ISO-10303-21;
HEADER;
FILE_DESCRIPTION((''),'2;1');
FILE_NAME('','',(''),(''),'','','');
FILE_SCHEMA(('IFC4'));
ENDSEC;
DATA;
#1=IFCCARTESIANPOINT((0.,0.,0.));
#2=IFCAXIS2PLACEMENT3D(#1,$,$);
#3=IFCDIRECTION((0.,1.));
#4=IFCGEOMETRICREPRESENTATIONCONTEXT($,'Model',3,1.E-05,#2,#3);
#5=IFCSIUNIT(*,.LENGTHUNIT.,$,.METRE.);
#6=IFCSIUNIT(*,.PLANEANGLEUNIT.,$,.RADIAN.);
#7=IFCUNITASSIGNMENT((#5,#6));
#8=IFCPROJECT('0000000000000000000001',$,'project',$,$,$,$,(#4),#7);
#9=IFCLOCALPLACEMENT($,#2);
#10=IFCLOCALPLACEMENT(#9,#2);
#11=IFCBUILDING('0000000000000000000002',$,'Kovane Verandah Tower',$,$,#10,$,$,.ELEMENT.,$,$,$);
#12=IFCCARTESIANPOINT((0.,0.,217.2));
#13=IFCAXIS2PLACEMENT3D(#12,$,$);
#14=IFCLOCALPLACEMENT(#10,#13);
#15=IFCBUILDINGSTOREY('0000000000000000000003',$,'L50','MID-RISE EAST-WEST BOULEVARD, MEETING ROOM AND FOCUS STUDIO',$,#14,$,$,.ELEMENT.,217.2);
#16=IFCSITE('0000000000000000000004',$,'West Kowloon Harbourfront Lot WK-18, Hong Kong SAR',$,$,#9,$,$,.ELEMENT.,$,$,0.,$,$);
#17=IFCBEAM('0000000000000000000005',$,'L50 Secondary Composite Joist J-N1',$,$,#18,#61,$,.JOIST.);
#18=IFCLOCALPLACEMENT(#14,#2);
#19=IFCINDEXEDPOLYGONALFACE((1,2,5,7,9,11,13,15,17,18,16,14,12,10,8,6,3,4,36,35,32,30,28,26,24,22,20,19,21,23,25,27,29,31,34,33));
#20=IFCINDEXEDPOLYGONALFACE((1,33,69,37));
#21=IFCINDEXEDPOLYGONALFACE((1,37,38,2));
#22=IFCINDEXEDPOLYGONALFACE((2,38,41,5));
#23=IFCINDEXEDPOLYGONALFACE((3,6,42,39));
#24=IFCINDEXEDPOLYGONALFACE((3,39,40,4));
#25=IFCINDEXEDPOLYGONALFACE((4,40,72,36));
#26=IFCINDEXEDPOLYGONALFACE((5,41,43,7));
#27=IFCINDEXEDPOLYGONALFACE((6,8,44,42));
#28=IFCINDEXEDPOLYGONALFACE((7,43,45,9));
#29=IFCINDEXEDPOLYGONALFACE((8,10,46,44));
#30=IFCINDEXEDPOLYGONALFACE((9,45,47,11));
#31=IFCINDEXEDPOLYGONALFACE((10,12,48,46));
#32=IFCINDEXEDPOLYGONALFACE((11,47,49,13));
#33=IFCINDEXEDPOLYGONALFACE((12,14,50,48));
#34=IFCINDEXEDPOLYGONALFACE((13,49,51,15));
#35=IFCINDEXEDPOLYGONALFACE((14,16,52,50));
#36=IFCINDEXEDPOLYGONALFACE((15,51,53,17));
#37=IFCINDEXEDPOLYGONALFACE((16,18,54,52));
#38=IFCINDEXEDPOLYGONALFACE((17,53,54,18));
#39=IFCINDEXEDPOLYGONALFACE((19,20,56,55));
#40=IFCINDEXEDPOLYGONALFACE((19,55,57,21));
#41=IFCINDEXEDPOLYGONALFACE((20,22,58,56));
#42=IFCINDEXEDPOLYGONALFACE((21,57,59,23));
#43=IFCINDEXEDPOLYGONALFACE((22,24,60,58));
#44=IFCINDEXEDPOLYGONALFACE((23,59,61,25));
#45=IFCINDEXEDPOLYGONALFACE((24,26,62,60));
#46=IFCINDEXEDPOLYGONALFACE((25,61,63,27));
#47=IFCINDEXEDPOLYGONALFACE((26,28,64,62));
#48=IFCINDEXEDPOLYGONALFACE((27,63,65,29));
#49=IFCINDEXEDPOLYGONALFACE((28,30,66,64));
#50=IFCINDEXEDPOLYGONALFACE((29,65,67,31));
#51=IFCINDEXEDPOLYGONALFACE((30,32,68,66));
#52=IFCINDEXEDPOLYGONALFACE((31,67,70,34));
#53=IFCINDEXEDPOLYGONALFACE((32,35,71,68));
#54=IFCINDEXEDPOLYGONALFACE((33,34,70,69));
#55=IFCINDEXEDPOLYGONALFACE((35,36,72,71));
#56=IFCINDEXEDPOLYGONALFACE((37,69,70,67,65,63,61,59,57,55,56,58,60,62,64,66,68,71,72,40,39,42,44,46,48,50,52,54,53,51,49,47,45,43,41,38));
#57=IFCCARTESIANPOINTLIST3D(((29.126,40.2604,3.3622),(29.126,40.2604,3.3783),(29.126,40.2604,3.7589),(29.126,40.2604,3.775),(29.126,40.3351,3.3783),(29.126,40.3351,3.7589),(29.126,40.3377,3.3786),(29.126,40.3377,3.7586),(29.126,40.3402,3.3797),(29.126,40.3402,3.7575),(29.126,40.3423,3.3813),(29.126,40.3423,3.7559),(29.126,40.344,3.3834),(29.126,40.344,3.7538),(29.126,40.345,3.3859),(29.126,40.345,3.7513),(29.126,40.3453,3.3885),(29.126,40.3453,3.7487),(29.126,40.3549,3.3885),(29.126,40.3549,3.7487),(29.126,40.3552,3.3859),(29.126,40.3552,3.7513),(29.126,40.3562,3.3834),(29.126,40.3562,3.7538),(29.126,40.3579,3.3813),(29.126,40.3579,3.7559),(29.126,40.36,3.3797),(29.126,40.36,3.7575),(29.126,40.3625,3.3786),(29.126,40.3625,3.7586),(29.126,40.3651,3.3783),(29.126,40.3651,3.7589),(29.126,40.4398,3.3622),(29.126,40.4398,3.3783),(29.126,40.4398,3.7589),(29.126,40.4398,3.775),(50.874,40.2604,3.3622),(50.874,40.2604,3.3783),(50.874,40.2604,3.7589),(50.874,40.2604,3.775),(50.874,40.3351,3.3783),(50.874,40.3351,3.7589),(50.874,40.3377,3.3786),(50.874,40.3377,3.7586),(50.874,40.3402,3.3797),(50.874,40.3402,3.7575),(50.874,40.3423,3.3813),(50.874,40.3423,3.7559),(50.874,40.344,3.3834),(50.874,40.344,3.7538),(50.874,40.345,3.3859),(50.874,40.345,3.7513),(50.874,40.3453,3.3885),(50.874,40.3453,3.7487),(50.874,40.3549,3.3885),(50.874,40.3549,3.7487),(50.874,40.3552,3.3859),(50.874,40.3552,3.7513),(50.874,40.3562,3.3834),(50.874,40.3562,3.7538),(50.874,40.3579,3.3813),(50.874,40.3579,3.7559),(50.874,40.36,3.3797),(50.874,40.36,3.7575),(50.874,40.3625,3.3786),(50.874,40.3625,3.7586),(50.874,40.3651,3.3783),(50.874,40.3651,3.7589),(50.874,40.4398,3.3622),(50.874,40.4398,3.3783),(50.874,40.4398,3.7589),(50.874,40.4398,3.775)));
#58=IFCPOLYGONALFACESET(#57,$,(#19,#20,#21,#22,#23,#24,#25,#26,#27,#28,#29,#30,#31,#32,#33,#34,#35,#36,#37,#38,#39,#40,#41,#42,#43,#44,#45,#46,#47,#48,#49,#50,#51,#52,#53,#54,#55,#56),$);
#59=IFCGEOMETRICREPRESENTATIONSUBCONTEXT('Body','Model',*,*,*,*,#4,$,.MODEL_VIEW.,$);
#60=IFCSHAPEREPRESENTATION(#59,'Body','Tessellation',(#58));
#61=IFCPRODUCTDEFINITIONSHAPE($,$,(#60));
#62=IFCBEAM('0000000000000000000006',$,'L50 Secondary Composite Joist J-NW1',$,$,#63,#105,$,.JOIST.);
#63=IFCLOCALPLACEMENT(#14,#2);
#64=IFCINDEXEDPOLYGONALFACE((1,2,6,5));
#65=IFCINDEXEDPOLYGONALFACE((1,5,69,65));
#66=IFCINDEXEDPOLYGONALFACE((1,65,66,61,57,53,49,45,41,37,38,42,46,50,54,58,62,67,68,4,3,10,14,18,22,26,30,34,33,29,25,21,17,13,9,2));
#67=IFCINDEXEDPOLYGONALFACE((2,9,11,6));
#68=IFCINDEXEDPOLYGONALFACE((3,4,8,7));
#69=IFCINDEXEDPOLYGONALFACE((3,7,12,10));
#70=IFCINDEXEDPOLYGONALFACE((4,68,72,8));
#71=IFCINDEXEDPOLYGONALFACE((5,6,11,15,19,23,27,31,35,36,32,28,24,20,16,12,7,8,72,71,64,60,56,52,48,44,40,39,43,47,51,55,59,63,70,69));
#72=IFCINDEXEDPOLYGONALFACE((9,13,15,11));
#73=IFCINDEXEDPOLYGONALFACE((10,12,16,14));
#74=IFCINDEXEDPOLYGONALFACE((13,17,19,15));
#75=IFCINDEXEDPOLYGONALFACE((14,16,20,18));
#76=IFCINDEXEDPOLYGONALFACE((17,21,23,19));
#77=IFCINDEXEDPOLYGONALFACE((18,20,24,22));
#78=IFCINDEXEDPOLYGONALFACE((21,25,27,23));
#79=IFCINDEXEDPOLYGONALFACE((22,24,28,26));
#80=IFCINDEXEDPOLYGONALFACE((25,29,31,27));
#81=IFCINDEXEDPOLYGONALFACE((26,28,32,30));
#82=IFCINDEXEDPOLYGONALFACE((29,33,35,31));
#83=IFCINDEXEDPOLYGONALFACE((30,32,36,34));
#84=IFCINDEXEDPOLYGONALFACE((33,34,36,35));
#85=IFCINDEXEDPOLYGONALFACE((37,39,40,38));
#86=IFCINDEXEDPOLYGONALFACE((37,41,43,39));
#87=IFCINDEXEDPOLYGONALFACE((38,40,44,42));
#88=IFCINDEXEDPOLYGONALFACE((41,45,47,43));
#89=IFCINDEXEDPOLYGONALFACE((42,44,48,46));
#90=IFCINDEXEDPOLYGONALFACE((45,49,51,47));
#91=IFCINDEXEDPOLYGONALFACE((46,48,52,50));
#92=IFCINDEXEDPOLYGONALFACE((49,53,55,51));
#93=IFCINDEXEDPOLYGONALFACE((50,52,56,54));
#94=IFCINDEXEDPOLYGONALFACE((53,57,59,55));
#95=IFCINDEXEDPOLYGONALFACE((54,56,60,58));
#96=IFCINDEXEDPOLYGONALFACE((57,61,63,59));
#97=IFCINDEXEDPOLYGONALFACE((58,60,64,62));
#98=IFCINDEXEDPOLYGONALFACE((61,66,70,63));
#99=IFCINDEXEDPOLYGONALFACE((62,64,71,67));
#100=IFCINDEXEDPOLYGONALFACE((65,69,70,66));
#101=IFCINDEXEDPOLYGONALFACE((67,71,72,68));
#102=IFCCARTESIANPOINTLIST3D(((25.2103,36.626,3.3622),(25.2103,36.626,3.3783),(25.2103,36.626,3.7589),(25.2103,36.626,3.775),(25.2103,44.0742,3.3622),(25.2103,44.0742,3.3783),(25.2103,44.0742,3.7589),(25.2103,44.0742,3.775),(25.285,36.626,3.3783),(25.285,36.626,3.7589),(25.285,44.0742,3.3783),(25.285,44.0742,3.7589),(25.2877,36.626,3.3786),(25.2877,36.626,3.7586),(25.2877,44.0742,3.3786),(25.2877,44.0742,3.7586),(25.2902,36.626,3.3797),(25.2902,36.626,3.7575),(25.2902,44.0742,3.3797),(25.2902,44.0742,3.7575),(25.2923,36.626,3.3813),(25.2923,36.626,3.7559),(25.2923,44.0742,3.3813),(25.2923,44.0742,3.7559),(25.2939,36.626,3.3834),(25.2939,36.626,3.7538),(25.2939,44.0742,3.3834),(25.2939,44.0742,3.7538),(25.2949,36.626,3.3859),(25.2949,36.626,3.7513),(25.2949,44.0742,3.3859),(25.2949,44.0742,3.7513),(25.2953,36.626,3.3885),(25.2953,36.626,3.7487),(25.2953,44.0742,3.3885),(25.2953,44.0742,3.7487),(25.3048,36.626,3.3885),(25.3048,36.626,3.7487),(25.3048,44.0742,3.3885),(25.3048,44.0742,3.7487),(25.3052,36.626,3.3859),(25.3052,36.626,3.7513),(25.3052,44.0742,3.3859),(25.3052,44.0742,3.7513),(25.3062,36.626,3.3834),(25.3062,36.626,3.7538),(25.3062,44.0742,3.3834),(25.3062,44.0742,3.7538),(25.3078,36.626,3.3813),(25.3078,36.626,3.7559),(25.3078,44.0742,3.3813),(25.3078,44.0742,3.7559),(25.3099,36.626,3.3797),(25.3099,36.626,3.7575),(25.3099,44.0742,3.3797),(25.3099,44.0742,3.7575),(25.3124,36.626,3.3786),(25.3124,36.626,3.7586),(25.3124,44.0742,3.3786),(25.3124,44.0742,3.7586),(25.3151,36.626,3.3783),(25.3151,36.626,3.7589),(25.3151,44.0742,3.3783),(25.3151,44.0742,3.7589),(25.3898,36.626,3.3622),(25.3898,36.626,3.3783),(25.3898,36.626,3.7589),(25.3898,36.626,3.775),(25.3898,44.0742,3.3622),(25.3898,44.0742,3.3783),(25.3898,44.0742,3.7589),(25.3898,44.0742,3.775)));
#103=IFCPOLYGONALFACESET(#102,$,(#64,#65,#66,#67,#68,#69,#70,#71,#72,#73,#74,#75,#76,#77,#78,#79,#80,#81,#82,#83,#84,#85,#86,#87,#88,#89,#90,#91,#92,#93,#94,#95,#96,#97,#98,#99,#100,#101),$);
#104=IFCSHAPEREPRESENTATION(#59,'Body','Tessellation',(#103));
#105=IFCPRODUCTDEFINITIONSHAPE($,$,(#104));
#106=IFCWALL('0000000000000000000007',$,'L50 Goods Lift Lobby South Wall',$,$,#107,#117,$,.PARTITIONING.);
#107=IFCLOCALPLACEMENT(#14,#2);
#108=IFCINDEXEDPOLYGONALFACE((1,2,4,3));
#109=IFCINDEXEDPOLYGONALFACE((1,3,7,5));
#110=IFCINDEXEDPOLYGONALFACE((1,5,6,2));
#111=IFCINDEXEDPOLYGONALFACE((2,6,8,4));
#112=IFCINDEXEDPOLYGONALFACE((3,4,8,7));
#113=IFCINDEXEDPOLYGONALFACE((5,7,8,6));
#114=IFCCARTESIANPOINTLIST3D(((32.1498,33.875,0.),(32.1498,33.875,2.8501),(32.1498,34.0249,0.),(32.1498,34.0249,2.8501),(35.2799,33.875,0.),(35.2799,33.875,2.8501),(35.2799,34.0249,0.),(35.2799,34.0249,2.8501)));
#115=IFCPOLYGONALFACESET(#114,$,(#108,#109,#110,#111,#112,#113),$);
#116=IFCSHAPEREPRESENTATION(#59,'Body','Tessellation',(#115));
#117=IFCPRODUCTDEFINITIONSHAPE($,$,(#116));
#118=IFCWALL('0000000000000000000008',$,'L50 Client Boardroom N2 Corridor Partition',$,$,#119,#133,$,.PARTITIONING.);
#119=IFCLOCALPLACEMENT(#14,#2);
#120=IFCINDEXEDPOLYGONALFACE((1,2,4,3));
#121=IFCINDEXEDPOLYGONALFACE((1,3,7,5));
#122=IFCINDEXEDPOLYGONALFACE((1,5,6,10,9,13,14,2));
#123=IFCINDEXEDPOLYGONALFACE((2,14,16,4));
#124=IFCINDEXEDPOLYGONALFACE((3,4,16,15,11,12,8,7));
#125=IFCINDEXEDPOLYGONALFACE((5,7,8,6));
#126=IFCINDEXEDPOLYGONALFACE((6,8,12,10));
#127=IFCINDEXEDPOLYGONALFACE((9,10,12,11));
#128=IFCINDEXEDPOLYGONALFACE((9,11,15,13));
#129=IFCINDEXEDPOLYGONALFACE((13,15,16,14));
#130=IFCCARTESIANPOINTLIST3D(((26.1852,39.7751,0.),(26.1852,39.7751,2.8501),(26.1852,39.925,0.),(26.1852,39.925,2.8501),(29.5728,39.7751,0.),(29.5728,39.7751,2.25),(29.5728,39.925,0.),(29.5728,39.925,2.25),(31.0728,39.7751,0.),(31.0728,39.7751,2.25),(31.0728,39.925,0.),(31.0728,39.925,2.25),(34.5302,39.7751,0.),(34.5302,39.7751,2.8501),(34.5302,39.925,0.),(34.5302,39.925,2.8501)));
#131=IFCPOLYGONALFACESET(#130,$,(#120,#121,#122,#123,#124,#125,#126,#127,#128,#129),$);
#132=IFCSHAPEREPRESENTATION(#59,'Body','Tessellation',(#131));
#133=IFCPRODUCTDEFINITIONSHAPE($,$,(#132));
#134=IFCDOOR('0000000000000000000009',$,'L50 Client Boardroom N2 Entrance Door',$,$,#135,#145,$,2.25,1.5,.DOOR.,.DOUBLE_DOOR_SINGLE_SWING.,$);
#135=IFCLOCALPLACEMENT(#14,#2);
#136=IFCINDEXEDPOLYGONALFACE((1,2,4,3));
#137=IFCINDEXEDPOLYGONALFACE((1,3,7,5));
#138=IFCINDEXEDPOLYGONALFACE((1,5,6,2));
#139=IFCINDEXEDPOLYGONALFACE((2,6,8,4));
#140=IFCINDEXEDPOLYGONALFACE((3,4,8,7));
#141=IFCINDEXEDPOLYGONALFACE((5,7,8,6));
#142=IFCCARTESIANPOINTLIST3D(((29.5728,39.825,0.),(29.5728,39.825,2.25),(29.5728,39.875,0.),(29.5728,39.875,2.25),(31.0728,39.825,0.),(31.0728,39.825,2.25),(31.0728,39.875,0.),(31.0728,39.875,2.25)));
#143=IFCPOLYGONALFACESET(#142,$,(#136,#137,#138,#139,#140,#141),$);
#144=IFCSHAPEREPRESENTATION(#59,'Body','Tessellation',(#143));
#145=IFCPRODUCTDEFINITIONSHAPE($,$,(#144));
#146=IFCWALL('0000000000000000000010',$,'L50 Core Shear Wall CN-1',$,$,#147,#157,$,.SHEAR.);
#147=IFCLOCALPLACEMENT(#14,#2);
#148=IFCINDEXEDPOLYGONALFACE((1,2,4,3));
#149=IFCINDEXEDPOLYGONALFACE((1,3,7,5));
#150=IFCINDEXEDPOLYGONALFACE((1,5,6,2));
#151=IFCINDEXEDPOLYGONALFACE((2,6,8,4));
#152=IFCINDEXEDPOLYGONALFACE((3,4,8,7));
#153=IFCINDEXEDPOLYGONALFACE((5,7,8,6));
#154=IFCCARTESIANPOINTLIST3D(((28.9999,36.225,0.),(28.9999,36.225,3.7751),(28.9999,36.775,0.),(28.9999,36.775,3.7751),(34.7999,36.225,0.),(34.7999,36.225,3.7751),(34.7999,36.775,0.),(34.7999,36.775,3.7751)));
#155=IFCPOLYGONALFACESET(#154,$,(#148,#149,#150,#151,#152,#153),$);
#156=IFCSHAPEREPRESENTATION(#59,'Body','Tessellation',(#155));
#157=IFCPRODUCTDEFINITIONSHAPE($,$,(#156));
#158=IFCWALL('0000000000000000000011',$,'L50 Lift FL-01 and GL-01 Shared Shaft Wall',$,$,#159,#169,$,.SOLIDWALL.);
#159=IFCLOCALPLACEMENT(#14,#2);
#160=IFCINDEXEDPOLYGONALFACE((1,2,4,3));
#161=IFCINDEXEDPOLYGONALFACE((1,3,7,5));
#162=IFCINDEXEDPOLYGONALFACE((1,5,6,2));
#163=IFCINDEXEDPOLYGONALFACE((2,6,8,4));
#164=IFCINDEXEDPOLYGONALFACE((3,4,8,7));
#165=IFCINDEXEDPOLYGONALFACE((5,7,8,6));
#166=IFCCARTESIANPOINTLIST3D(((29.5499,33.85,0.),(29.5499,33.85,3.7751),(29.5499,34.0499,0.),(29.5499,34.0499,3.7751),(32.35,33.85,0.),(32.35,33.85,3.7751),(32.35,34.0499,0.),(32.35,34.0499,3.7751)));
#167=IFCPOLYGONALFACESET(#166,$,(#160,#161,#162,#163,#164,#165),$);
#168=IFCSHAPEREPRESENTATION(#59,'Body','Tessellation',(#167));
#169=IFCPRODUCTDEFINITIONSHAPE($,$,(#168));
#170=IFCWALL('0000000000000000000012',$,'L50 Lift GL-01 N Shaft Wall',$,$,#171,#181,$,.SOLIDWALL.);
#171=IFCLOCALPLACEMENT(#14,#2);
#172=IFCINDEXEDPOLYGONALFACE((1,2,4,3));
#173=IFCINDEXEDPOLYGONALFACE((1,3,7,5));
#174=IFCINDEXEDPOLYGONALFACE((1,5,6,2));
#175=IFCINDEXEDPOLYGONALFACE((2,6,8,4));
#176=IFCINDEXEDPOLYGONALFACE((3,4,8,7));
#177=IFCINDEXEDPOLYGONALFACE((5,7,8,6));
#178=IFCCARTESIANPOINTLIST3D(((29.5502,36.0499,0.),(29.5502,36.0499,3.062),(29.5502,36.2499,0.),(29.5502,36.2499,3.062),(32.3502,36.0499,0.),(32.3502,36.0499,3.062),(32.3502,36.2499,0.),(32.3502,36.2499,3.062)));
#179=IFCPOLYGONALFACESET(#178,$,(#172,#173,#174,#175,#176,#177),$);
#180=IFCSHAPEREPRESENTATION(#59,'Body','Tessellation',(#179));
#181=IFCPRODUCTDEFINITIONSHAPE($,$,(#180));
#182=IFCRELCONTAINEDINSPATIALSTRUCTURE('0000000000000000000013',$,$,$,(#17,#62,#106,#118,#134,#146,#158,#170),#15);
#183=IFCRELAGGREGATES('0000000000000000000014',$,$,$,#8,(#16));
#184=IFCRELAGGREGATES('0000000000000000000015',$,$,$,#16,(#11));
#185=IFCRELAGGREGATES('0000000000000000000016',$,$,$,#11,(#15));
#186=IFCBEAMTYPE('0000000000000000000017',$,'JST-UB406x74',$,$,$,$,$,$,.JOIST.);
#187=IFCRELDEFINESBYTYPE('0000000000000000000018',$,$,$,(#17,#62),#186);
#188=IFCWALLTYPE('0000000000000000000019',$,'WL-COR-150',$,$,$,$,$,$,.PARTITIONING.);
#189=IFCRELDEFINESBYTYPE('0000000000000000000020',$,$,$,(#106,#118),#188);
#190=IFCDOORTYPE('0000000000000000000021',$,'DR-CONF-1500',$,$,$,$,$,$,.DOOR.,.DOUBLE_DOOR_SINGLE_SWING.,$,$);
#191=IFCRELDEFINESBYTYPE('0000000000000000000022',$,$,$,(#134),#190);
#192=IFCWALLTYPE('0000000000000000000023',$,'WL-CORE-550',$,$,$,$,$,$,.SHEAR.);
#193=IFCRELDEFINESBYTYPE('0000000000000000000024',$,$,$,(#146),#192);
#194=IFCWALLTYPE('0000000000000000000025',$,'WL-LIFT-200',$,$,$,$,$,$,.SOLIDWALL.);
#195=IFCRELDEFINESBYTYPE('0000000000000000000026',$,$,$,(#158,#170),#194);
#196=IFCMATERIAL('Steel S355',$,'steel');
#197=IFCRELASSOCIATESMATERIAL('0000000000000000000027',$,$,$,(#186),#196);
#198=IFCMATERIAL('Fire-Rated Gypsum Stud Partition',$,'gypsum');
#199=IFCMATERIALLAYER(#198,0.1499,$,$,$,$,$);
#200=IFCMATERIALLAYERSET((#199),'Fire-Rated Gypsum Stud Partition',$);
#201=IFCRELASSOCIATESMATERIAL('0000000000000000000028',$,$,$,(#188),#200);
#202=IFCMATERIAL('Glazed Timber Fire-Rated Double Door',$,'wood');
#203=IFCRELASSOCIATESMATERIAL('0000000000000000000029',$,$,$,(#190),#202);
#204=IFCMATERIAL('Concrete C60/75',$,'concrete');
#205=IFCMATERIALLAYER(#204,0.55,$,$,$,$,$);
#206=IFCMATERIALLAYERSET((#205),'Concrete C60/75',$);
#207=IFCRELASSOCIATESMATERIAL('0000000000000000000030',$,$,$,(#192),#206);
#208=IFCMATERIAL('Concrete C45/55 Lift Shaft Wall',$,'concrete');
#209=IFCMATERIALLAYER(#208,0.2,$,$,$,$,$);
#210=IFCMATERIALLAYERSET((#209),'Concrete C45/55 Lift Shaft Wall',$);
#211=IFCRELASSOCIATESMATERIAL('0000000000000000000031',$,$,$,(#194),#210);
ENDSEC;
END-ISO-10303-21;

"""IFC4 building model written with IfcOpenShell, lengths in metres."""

from ifc_helpers import new_model, si_unit, direction, frame, frame_2d, origin, origin_2d, place, context, subcontext, project, spatial, rectangle, i_section, extrude, material, layer, layer_set, material_profile, profile_set, type_object, element, fill, save


model = new_model("IFC4")

# Units and contexts
model_context = context("Model", 3, precision=1e-05, world=origin(), true_north=direction((0.0, 1.0)))
body_context = subcontext(model_context, "Body", "Model", "MODEL_VIEW")
ifc_project = project(units=[si_unit("LENGTHUNIT", "METRE"), si_unit("PLANEANGLEUNIT", "RADIAN")], contexts=[model_context])

# Site, building, storey
site_placement = place(None, origin())
site = spatial("IfcSite", under=ifc_project, at=site_placement, Name="West Kowloon Harbourfront Lot WK-18, Hong Kong SAR", CompositionType="ELEMENT", RefElevation=0.0)
building_placement = place(site_placement, origin())
building = spatial("IfcBuilding", under=site, at=building_placement, Name="Kovane Verandah Tower", CompositionType="ELEMENT")
storey_placement = place(building_placement, frame((0.0, 0.0, 217.2)))
storey = spatial("IfcBuildingStorey", under=building, at=storey_placement, Name="L50", Description="MID-RISE EAST-WEST BOULEVARD, MEETING ROOM AND FOCUS STUDIO", CompositionType="ELEMENT", Elevation=217.2)

# Shared definitions
ifc_material_1 = material(Name="Concrete C60/75", Category="concrete")

# Beams
ifc_material_2 = material(Name="Steel S355", Category="steel")
ifc_material_profile_1 = material_profile(ifc_material_2, i_section(OverallWidth=0.1794, OverallDepth=0.4128, WebThickness=0.0095, FlangeThickness=0.0161, FilletRadius=0.0103, at=origin_2d()), Name="UB406x178x74")
ifc_profile_set_1 = profile_set([ifc_material_profile_1], Name="Steel S355")
beam_type_1 = type_object("IfcBeamType", Name="JST-UB406x74", PredefinedType="JOIST", material=ifc_profile_set_1)
beam_1_placement = place(storey_placement, frame((29.126, 40.3501, 3.5686), z_axis=(1.0, 0.0, 0.0), x_axis=(0.0, 1.0, 0.0)))
element("IfcBeam", 1, at=beam_1_placement, inside=storey, type_object=beam_type_1, Name="L50 Secondary Composite Joist J-N1", PredefinedType="JOIST", context=body_context, shape_type="SweptSolid", body=[
    extrude(i_section(OverallWidth=0.1794, OverallDepth=0.4128, WebThickness=0.0095, FlangeThickness=0.0161, FilletRadius=0.0103, at=origin_2d()), origin(), (0.0, 0.0, 1.0), 21.748),
])
beam_2_placement = place(storey_placement, frame((25.3, 36.626, 3.5686), z_axis=(0.0, 1.0, 0.0), x_axis=(-1.0, 0.0, 0.0)))
element("IfcBeam", 2, at=beam_2_placement, inside=storey, type_object=beam_type_1, Name="L50 Secondary Composite Joist J-NW1", PredefinedType="JOIST", context=body_context, shape_type="SweptSolid", body=[
    extrude(i_section(OverallWidth=0.1794, OverallDepth=0.4128, WebThickness=0.0095, FlangeThickness=0.0161, FilletRadius=0.0103, at=origin_2d()), origin(), (0.0, 0.0, 1.0), 7.4482),
])

# Wall
ifc_material_3 = material(Name="Fire-Rated Gypsum Stud Partition", Category="gypsum")
ifc_layer_1 = layer(ifc_material_3, 0.1499)
ifc_layer_set_1 = layer_set([ifc_layer_1], Name="Fire-Rated Gypsum Stud Partition")
wall_type_1 = type_object("IfcWallType", Name="WL-COR-150", PredefinedType="PARTITIONING", material=ifc_layer_set_1)
wall_1_placement = place(storey_placement, frame((32.1499, 33.95, 0.0), z_axis=(0.0, 0.0, 1.0), x_axis=(1.0, 0.0, 0.0)))
element("IfcWall", 3, at=wall_1_placement, inside=storey, type_object=wall_type_1, Name="L50 Goods Lift Lobby South Wall", PredefinedType="PARTITIONING", context=body_context, shape_type="SweptSolid", body=[
    extrude(rectangle(XDim=3.1301, YDim=0.1499, at=frame_2d((1.5649, 0.0))), origin(), (0.0, 0.0, 1.0), 2.8501),
])

# Wall, opening, door
wall_2_placement = place(storey_placement, frame((26.1853, 39.8501, 0.0), z_axis=(0.0, 0.0, 1.0), x_axis=(1.0, 0.0, 0.0)))
wall_2 = element("IfcWall", 4, at=wall_2_placement, inside=storey, type_object=wall_type_1, Name="L50 Client Boardroom N2 Corridor Partition", PredefinedType="PARTITIONING", context=body_context, shape_type="SweptSolid", body=[
    extrude(rectangle(XDim=8.345, YDim=0.1499, at=frame_2d((4.1724, 0.0))), origin(), (0.0, 0.0, 1.0), 2.8501),
])
opening_1_placement = place(wall_2_placement, frame((3.3875, 0.0, 0.0)))
opening_1 = element("IfcOpeningElement", 5, at=opening_1_placement, cuts=wall_2, PredefinedType="OPENING", context=body_context, shape_type="SweptSolid", body=[
    extrude(rectangle(XDim=1.5, YDim=2.25, at=frame_2d((0.75, 1.125))), frame((0.0, 0.075, 0.0), z_axis=(0.0, -1.0, 0.0), x_axis=(1.0, 0.0, 0.0)), (0.0, 0.0, 1.0), 0.1499),
])
ifc_material_4 = material(Name="Glazed Timber Fire-Rated Double Door", Category="wood")
door_type_1 = type_object("IfcDoorType", Name="DR-CONF-1500", OperationType="DOUBLE_DOOR_SINGLE_SWING", PredefinedType="DOOR", material=ifc_material_4)
door_1_placement = place(opening_1_placement, origin())
door_1 = element("IfcDoor", 6, at=door_1_placement, inside=storey, type_object=door_type_1, Name="L50 Client Boardroom N2 Entrance Door", OperationType="DOUBLE_DOOR_SINGLE_SWING", OverallHeight=2.25, OverallWidth=1.5, PredefinedType="DOOR", context=body_context, shape_type="SweptSolid", body=[
    extrude(rectangle(XDim=1.5, YDim=2.25, at=frame_2d((0.75, 1.125))), frame((0.0, 0.0249, 0.0), z_axis=(0.0, -1.0, 0.0), x_axis=(1.0, 0.0, 0.0)), (0.0, 0.0, 1.0), 0.05),
])
fill(opening_1, door_1)

# Walls
ifc_layer_2 = layer(ifc_material_1, 0.55)
ifc_layer_set_2 = layer_set([ifc_layer_2], Name="Concrete C60/75")
wall_type_2 = type_object("IfcWallType", Name="WL-CORE-550", PredefinedType="SHEAR", material=ifc_layer_set_2)
wall_3_placement = place(storey_placement, frame((29.0, 36.5, 0.0), z_axis=(0.0, 0.0, 1.0), x_axis=(1.0, 0.0, 0.0)))
element("IfcWall", 7, at=wall_3_placement, inside=storey, type_object=wall_type_2, Name="L50 Core Shear Wall CN-1", PredefinedType="SHEAR", context=body_context, shape_type="SweptSolid", body=[
    extrude(rectangle(XDim=5.8, YDim=0.55, at=frame_2d((2.8999, 0.0))), origin(), (0.0, 0.0, 1.0), 3.7751),
])
ifc_material_5 = material(Name="Concrete C45/55 Lift Shaft Wall", Category="concrete")
ifc_layer_3 = layer(ifc_material_5, 0.2)
ifc_layer_set_3 = layer_set([ifc_layer_3], Name="Concrete C45/55 Lift Shaft Wall")
wall_type_3 = type_object("IfcWallType", Name="WL-LIFT-200", PredefinedType="SOLIDWALL", material=ifc_layer_set_3)
wall_4_placement = place(storey_placement, frame((29.55, 33.95, 0.0), z_axis=(0.0, 0.0, 1.0), x_axis=(1.0, 0.0, 0.0)))
element("IfcWall", 8, at=wall_4_placement, inside=storey, type_object=wall_type_3, Name="L50 Lift FL-01 and GL-01 Shared Shaft Wall", PredefinedType="SOLIDWALL", context=body_context, shape_type="SweptSolid", body=[
    extrude(rectangle(XDim=2.8, YDim=0.2, at=frame_2d((1.3999, 0.0))), origin(), (0.0, 0.0, 1.0), 3.7751),
])
wall_5_placement = place(storey_placement, frame((32.3501, 36.1499, 0.0), z_axis=(0.0, 0.0, 1.0), x_axis=(-1.0, 0.0, 0.0)))
element("IfcWall", 9, at=wall_5_placement, inside=storey, type_object=wall_type_3, Name="L50 Lift GL-01 N Shaft Wall", PredefinedType="SOLIDWALL", context=body_context, shape_type="SweptSolid", body=[
    extrude(rectangle(XDim=2.8, YDim=0.2, at=frame_2d((1.3999, 0.0))), origin(), (0.0, 0.0, 1.0), 3.062),
])

save(model, "model.ifc")
